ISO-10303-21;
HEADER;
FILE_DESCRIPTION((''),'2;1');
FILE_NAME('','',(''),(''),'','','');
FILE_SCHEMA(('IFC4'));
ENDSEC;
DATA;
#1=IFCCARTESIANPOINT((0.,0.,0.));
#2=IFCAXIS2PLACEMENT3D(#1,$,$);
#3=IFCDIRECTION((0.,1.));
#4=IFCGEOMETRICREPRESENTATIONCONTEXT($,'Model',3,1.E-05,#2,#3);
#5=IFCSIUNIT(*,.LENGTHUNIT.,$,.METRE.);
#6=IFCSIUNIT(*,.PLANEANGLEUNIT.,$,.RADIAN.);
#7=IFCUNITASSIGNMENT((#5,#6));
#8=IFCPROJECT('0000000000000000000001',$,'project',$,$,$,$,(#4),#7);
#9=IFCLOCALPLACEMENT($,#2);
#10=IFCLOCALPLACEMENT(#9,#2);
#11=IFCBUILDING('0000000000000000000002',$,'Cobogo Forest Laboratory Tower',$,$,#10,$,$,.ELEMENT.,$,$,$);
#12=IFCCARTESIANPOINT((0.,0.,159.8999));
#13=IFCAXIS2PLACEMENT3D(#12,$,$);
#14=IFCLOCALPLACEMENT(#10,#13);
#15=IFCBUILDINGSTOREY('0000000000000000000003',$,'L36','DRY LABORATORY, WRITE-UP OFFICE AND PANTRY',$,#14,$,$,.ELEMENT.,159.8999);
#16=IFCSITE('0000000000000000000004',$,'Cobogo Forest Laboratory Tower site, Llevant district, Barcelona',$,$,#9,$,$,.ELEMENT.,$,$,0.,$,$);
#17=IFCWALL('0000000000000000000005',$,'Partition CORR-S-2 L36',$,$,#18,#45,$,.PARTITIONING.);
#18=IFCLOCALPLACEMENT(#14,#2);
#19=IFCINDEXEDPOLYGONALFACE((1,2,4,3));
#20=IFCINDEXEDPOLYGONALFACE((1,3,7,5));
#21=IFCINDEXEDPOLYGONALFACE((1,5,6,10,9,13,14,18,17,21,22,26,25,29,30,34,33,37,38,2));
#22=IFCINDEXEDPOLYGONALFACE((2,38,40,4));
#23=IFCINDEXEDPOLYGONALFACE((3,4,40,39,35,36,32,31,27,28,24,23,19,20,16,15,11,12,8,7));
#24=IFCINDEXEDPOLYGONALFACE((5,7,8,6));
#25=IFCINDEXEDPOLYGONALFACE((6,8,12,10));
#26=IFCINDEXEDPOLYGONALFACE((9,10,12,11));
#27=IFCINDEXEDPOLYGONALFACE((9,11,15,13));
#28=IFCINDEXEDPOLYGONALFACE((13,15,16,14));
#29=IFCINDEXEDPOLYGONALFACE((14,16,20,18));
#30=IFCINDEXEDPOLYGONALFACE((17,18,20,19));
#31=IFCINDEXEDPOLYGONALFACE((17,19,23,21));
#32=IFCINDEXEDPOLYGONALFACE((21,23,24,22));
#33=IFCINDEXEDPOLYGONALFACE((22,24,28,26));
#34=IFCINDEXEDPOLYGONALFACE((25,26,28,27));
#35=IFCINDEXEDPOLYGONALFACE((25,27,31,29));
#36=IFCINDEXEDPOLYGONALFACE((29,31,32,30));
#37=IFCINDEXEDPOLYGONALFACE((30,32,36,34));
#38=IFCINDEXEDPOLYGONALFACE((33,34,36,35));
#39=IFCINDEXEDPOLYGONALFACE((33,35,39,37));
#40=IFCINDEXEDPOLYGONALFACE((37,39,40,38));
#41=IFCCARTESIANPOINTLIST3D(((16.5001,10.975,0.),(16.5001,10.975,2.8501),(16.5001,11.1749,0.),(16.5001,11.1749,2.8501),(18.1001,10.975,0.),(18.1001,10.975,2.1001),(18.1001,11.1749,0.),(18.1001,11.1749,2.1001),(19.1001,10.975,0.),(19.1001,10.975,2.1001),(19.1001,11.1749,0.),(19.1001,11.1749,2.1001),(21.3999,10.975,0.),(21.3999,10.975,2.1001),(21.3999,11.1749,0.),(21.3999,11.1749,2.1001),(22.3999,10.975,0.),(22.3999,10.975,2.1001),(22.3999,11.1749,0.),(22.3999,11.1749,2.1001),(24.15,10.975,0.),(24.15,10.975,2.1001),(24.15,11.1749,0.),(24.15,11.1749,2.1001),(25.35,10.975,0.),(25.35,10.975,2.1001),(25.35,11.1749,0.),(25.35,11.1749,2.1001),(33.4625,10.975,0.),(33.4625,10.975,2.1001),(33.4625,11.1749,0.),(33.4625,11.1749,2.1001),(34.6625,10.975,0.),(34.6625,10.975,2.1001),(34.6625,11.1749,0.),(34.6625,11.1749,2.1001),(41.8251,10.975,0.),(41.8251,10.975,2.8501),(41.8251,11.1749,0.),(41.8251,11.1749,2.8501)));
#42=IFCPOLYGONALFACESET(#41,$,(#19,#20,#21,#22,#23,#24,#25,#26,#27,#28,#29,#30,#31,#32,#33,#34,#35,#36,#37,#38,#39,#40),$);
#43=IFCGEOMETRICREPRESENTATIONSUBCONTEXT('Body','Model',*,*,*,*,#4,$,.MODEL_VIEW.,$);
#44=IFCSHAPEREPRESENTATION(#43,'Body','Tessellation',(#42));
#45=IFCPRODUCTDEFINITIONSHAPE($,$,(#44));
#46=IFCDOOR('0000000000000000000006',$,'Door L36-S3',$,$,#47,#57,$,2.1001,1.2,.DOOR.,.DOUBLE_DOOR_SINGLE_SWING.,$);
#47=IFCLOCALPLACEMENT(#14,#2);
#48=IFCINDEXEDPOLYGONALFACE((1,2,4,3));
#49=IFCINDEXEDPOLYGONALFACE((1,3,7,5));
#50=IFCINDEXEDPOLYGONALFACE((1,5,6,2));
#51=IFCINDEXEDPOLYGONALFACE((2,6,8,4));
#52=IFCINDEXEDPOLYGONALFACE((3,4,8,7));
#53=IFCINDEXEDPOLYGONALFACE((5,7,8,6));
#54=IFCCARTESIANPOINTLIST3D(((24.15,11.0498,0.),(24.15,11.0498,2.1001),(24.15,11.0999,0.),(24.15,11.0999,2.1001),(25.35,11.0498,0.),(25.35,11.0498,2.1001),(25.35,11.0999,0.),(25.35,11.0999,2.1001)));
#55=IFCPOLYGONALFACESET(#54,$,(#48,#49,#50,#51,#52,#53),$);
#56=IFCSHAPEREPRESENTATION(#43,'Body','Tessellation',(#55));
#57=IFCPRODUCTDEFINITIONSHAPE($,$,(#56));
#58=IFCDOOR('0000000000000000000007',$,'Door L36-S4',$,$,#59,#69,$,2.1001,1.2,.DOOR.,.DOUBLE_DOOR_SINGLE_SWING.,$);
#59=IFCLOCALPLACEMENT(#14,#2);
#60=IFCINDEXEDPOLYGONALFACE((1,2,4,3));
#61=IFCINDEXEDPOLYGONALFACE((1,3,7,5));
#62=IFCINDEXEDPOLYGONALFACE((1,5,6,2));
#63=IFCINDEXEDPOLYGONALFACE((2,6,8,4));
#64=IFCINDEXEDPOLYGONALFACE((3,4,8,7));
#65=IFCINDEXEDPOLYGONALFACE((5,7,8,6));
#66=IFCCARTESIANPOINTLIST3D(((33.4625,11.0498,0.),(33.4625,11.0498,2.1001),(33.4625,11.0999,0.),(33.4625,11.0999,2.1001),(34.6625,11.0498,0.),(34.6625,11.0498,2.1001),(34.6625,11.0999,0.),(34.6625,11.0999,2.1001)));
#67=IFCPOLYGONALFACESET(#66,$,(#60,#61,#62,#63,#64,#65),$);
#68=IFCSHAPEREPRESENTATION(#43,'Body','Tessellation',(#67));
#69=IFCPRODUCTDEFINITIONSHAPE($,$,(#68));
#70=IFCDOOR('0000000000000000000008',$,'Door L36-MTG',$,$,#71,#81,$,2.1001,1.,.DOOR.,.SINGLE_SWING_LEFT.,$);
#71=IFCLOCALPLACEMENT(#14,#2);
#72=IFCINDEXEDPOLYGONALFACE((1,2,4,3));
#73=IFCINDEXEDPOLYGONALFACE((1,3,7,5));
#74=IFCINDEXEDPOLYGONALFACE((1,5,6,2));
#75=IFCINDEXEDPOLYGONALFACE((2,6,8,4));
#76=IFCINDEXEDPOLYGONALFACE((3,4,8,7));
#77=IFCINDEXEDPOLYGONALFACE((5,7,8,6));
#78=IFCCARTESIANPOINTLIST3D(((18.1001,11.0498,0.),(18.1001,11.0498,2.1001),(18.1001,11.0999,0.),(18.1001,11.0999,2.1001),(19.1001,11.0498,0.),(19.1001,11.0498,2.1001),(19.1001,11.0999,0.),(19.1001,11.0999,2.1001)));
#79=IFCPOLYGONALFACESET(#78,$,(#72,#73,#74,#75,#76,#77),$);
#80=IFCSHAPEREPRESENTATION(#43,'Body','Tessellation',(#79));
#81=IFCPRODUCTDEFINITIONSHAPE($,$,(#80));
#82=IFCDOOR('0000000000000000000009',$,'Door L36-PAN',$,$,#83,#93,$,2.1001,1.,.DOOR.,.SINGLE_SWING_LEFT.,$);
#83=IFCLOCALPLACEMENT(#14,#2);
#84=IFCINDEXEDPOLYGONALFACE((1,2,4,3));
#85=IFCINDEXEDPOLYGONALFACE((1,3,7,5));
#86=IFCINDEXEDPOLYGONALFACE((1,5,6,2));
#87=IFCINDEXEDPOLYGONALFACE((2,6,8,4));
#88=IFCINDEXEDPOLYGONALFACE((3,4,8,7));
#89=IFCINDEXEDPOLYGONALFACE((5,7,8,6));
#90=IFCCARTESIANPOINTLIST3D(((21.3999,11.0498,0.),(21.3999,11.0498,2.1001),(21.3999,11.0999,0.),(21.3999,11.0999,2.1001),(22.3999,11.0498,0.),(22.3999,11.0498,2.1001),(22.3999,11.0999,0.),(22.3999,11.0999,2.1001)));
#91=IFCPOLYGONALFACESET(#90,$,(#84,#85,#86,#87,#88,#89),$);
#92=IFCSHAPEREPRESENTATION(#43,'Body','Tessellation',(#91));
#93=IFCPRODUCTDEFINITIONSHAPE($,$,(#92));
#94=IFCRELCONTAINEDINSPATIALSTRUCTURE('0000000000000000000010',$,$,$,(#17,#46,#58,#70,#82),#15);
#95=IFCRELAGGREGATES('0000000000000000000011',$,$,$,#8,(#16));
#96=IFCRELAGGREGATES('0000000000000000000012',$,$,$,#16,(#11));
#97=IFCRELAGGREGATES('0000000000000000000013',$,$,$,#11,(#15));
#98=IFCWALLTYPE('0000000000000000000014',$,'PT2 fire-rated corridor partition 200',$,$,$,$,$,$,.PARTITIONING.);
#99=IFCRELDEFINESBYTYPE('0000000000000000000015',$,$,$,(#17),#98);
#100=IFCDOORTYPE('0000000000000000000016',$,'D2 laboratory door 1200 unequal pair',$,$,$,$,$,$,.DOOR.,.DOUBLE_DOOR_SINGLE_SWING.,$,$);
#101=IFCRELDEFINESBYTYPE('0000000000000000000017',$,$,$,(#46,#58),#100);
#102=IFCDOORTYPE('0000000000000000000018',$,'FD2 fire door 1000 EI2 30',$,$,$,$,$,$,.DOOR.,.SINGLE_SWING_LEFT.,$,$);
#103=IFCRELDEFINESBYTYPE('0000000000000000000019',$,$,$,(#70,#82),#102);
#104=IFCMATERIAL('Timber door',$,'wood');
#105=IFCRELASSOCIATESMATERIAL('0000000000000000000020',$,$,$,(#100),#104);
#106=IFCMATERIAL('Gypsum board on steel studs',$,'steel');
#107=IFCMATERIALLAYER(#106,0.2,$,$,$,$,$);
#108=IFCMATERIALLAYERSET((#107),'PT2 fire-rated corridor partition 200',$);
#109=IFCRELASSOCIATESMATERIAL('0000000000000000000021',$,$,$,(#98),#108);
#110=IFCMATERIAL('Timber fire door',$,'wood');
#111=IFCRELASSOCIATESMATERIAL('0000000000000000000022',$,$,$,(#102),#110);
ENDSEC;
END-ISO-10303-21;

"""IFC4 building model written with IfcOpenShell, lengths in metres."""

from ifc_helpers import new_model, si_unit, direction, frame, frame_2d, origin, place, context, subcontext, project, spatial, rectangle, extrude, material, layer, layer_set, type_object, element, fill, save


model = new_model("IFC4")

# Units and contexts
model_context = context("Model", 3, precision=1e-05, world=origin(), true_north=direction((0.0, 1.0)))
body_context = subcontext(model_context, "Body", "Model", "MODEL_VIEW")
ifc_project = project(units=[si_unit("LENGTHUNIT", "METRE"), si_unit("PLANEANGLEUNIT", "RADIAN")], contexts=[model_context])

# Site, building, storey
site_placement = place(None, origin())
site = spatial("IfcSite", under=ifc_project, at=site_placement, Name="Cobogo Forest Laboratory Tower site, Llevant district, Barcelona", CompositionType="ELEMENT", RefElevation=0.0)
building_placement = place(site_placement, origin())
building = spatial("IfcBuilding", under=site, at=building_placement, Name="Cobogo Forest Laboratory Tower", CompositionType="ELEMENT")
storey_placement = place(building_placement, frame((0.0, 0.0, 159.8999)))
storey = spatial("IfcBuildingStorey", under=building, at=storey_placement, Name="L36", Description="DRY LABORATORY, WRITE-UP OFFICE AND PANTRY", CompositionType="ELEMENT", Elevation=159.8999)

# Shared definitions
ifc_material_1 = material(Name="Gypsum board on steel studs", Category="steel")
ifc_material_2 = material(Name="Timber door", Category="wood")
door_type_1 = type_object("IfcDoorType", Name="D2 laboratory door 1200 unequal pair", OperationType="DOUBLE_DOOR_SINGLE_SWING", PredefinedType="DOOR", material=ifc_material_2)

# Wall, openings, doors
ifc_layer_1 = layer(ifc_material_1, 0.2)
ifc_layer_set_1 = layer_set([ifc_layer_1], Name="PT2 fire-rated corridor partition 200")
wall_type_1 = type_object("IfcWallType", Name="PT2 fire-rated corridor partition 200", PredefinedType="PARTITIONING", material=ifc_layer_set_1)
wall_1_placement = place(storey_placement, frame((16.5, 11.075, 0.0), z_axis=(0.0, 0.0, 1.0), x_axis=(1.0, 0.0, 0.0)))
wall_1 = element("IfcWall", 1, at=wall_1_placement, inside=storey, type_object=wall_type_1, Name="Partition CORR-S-2 L36", PredefinedType="PARTITIONING", context=body_context, shape_type="SweptSolid", body=[
    extrude(rectangle(XDim=25.325, YDim=0.2, at=frame_2d((12.6626, 0.0))), origin(), (0.0, 0.0, 1.0), 2.8501),
])
opening_1_placement = place(wall_1_placement, frame((1.6001, 0.0, 0.0)))
opening_1 = element("IfcOpeningElement", 2, at=opening_1_placement, cuts=wall_1, PredefinedType="OPENING", context=body_context, shape_type="SweptSolid", body=[
    extrude(rectangle(XDim=1.0, YDim=2.1001, at=frame_2d((0.5, 1.05))), frame((0.0, 0.1099, 0.0), z_axis=(0.0, -1.0, 0.0), x_axis=(1.0, 0.0, 0.0)), (0.0, 0.0, 1.0), 0.22),
])
opening_2_placement = place(wall_1_placement, frame((4.8999, 0.0, 0.0)))
opening_2 = element("IfcOpeningElement", 3, at=opening_2_placement, cuts=wall_1, PredefinedType="OPENING", context=body_context, shape_type="SweptSolid", body=[
    extrude(rectangle(XDim=1.0, YDim=2.1001, at=frame_2d((0.5, 1.05))), frame((0.0, 0.1099, 0.0), z_axis=(0.0, -1.0, 0.0), x_axis=(1.0, 0.0, 0.0)), (0.0, 0.0, 1.0), 0.22),
])
opening_3_placement = place(wall_1_placement, frame((7.6499, 0.0, 0.0)))
opening_3 = element("IfcOpeningElement", 4, at=opening_3_placement, cuts=wall_1, PredefinedType="OPENING", context=body_context, shape_type="SweptSolid", body=[
    extrude(rectangle(XDim=1.2, YDim=2.1001, at=frame_2d((0.6001, 1.05))), frame((0.0, 0.1099, 0.0), z_axis=(0.0, -1.0, 0.0), x_axis=(1.0, 0.0, 0.0)), (0.0, 0.0, 1.0), 0.22),
])
opening_4_placement = place(wall_1_placement, frame((16.9624, 0.0, 0.0)))
opening_4 = element("IfcOpeningElement", 5, at=opening_4_placement, cuts=wall_1, PredefinedType="OPENING", context=body_context, shape_type="SweptSolid", body=[
    extrude(rectangle(XDim=1.2, YDim=2.1001, at=frame_2d((0.6001, 1.05))), frame((0.0, 0.1099, 0.0), z_axis=(0.0, -1.0, 0.0), x_axis=(1.0, 0.0, 0.0)), (0.0, 0.0, 1.0), 0.22),
])
door_1_placement = place(opening_3_placement, origin())
door_1 = element("IfcDoor", 6, at=door_1_placement, inside=storey, type_object=door_type_1, Name="Door L36-S3", OperationType="DOUBLE_DOOR_SINGLE_SWING", OverallHeight=2.1001, OverallWidth=1.2, PredefinedType="DOOR", context=body_context, shape_type="SweptSolid", body=[
    extrude(rectangle(XDim=1.2, YDim=2.1001, at=frame_2d((0.6001, 1.05))), frame((0.0, 0.0249, 0.0), z_axis=(0.0, -1.0, 0.0), x_axis=(1.0, 0.0, 0.0)), (0.0, 0.0, 1.0), 0.05),
])
fill(opening_3, door_1)
door_2_placement = place(opening_4_placement, origin())
door_2 = element("IfcDoor", 7, at=door_2_placement, inside=storey, type_object=door_type_1, Name="Door L36-S4", OperationType="DOUBLE_DOOR_SINGLE_SWING", OverallHeight=2.1001, OverallWidth=1.2, PredefinedType="DOOR", context=body_context, shape_type="SweptSolid", body=[
    extrude(rectangle(XDim=1.2, YDim=2.1001, at=frame_2d((0.6001, 1.05))), frame((0.0, 0.0249, 0.0), z_axis=(0.0, -1.0, 0.0), x_axis=(1.0, 0.0, 0.0)), (0.0, 0.0, 1.0), 0.05),
])
fill(opening_4, door_2)
ifc_material_3 = material(Name="Timber fire door", Category="wood")
door_type_2 = type_object("IfcDoorType", Name="FD2 fire door 1000 EI2 30", OperationType="SINGLE_SWING_LEFT", PredefinedType="DOOR", material=ifc_material_3)
door_3_placement = place(opening_1_placement, origin())
door_3 = element("IfcDoor", 8, at=door_3_placement, inside=storey, type_object=door_type_2, Name="Door L36-MTG", OperationType="SINGLE_SWING_LEFT", OverallHeight=2.1001, OverallWidth=1.0, PredefinedType="DOOR", context=body_context, shape_type="SweptSolid", body=[
    extrude(rectangle(XDim=1.0, YDim=2.1001, at=frame_2d((0.5, 1.05))), frame((0.0, 0.0249, 0.0), z_axis=(0.0, -1.0, 0.0), x_axis=(1.0, 0.0, 0.0)), (0.0, 0.0, 1.0), 0.05),
])
fill(opening_1, door_3)
door_4_placement = place(opening_2_placement, origin())
door_4 = element("IfcDoor", 9, at=door_4_placement, inside=storey, type_object=door_type_2, Name="Door L36-PAN", OperationType="SINGLE_SWING_LEFT", OverallHeight=2.1001, OverallWidth=1.0, PredefinedType="DOOR", context=body_context, shape_type="SweptSolid", body=[
    extrude(rectangle(XDim=1.0, YDim=2.1001, at=frame_2d((0.5, 1.05))), frame((0.0, 0.0249, 0.0), z_axis=(0.0, -1.0, 0.0), x_axis=(1.0, 0.0, 0.0)), (0.0, 0.0, 1.0), 0.05),
])
fill(opening_2, door_4)

save(model, "model.ifc")
